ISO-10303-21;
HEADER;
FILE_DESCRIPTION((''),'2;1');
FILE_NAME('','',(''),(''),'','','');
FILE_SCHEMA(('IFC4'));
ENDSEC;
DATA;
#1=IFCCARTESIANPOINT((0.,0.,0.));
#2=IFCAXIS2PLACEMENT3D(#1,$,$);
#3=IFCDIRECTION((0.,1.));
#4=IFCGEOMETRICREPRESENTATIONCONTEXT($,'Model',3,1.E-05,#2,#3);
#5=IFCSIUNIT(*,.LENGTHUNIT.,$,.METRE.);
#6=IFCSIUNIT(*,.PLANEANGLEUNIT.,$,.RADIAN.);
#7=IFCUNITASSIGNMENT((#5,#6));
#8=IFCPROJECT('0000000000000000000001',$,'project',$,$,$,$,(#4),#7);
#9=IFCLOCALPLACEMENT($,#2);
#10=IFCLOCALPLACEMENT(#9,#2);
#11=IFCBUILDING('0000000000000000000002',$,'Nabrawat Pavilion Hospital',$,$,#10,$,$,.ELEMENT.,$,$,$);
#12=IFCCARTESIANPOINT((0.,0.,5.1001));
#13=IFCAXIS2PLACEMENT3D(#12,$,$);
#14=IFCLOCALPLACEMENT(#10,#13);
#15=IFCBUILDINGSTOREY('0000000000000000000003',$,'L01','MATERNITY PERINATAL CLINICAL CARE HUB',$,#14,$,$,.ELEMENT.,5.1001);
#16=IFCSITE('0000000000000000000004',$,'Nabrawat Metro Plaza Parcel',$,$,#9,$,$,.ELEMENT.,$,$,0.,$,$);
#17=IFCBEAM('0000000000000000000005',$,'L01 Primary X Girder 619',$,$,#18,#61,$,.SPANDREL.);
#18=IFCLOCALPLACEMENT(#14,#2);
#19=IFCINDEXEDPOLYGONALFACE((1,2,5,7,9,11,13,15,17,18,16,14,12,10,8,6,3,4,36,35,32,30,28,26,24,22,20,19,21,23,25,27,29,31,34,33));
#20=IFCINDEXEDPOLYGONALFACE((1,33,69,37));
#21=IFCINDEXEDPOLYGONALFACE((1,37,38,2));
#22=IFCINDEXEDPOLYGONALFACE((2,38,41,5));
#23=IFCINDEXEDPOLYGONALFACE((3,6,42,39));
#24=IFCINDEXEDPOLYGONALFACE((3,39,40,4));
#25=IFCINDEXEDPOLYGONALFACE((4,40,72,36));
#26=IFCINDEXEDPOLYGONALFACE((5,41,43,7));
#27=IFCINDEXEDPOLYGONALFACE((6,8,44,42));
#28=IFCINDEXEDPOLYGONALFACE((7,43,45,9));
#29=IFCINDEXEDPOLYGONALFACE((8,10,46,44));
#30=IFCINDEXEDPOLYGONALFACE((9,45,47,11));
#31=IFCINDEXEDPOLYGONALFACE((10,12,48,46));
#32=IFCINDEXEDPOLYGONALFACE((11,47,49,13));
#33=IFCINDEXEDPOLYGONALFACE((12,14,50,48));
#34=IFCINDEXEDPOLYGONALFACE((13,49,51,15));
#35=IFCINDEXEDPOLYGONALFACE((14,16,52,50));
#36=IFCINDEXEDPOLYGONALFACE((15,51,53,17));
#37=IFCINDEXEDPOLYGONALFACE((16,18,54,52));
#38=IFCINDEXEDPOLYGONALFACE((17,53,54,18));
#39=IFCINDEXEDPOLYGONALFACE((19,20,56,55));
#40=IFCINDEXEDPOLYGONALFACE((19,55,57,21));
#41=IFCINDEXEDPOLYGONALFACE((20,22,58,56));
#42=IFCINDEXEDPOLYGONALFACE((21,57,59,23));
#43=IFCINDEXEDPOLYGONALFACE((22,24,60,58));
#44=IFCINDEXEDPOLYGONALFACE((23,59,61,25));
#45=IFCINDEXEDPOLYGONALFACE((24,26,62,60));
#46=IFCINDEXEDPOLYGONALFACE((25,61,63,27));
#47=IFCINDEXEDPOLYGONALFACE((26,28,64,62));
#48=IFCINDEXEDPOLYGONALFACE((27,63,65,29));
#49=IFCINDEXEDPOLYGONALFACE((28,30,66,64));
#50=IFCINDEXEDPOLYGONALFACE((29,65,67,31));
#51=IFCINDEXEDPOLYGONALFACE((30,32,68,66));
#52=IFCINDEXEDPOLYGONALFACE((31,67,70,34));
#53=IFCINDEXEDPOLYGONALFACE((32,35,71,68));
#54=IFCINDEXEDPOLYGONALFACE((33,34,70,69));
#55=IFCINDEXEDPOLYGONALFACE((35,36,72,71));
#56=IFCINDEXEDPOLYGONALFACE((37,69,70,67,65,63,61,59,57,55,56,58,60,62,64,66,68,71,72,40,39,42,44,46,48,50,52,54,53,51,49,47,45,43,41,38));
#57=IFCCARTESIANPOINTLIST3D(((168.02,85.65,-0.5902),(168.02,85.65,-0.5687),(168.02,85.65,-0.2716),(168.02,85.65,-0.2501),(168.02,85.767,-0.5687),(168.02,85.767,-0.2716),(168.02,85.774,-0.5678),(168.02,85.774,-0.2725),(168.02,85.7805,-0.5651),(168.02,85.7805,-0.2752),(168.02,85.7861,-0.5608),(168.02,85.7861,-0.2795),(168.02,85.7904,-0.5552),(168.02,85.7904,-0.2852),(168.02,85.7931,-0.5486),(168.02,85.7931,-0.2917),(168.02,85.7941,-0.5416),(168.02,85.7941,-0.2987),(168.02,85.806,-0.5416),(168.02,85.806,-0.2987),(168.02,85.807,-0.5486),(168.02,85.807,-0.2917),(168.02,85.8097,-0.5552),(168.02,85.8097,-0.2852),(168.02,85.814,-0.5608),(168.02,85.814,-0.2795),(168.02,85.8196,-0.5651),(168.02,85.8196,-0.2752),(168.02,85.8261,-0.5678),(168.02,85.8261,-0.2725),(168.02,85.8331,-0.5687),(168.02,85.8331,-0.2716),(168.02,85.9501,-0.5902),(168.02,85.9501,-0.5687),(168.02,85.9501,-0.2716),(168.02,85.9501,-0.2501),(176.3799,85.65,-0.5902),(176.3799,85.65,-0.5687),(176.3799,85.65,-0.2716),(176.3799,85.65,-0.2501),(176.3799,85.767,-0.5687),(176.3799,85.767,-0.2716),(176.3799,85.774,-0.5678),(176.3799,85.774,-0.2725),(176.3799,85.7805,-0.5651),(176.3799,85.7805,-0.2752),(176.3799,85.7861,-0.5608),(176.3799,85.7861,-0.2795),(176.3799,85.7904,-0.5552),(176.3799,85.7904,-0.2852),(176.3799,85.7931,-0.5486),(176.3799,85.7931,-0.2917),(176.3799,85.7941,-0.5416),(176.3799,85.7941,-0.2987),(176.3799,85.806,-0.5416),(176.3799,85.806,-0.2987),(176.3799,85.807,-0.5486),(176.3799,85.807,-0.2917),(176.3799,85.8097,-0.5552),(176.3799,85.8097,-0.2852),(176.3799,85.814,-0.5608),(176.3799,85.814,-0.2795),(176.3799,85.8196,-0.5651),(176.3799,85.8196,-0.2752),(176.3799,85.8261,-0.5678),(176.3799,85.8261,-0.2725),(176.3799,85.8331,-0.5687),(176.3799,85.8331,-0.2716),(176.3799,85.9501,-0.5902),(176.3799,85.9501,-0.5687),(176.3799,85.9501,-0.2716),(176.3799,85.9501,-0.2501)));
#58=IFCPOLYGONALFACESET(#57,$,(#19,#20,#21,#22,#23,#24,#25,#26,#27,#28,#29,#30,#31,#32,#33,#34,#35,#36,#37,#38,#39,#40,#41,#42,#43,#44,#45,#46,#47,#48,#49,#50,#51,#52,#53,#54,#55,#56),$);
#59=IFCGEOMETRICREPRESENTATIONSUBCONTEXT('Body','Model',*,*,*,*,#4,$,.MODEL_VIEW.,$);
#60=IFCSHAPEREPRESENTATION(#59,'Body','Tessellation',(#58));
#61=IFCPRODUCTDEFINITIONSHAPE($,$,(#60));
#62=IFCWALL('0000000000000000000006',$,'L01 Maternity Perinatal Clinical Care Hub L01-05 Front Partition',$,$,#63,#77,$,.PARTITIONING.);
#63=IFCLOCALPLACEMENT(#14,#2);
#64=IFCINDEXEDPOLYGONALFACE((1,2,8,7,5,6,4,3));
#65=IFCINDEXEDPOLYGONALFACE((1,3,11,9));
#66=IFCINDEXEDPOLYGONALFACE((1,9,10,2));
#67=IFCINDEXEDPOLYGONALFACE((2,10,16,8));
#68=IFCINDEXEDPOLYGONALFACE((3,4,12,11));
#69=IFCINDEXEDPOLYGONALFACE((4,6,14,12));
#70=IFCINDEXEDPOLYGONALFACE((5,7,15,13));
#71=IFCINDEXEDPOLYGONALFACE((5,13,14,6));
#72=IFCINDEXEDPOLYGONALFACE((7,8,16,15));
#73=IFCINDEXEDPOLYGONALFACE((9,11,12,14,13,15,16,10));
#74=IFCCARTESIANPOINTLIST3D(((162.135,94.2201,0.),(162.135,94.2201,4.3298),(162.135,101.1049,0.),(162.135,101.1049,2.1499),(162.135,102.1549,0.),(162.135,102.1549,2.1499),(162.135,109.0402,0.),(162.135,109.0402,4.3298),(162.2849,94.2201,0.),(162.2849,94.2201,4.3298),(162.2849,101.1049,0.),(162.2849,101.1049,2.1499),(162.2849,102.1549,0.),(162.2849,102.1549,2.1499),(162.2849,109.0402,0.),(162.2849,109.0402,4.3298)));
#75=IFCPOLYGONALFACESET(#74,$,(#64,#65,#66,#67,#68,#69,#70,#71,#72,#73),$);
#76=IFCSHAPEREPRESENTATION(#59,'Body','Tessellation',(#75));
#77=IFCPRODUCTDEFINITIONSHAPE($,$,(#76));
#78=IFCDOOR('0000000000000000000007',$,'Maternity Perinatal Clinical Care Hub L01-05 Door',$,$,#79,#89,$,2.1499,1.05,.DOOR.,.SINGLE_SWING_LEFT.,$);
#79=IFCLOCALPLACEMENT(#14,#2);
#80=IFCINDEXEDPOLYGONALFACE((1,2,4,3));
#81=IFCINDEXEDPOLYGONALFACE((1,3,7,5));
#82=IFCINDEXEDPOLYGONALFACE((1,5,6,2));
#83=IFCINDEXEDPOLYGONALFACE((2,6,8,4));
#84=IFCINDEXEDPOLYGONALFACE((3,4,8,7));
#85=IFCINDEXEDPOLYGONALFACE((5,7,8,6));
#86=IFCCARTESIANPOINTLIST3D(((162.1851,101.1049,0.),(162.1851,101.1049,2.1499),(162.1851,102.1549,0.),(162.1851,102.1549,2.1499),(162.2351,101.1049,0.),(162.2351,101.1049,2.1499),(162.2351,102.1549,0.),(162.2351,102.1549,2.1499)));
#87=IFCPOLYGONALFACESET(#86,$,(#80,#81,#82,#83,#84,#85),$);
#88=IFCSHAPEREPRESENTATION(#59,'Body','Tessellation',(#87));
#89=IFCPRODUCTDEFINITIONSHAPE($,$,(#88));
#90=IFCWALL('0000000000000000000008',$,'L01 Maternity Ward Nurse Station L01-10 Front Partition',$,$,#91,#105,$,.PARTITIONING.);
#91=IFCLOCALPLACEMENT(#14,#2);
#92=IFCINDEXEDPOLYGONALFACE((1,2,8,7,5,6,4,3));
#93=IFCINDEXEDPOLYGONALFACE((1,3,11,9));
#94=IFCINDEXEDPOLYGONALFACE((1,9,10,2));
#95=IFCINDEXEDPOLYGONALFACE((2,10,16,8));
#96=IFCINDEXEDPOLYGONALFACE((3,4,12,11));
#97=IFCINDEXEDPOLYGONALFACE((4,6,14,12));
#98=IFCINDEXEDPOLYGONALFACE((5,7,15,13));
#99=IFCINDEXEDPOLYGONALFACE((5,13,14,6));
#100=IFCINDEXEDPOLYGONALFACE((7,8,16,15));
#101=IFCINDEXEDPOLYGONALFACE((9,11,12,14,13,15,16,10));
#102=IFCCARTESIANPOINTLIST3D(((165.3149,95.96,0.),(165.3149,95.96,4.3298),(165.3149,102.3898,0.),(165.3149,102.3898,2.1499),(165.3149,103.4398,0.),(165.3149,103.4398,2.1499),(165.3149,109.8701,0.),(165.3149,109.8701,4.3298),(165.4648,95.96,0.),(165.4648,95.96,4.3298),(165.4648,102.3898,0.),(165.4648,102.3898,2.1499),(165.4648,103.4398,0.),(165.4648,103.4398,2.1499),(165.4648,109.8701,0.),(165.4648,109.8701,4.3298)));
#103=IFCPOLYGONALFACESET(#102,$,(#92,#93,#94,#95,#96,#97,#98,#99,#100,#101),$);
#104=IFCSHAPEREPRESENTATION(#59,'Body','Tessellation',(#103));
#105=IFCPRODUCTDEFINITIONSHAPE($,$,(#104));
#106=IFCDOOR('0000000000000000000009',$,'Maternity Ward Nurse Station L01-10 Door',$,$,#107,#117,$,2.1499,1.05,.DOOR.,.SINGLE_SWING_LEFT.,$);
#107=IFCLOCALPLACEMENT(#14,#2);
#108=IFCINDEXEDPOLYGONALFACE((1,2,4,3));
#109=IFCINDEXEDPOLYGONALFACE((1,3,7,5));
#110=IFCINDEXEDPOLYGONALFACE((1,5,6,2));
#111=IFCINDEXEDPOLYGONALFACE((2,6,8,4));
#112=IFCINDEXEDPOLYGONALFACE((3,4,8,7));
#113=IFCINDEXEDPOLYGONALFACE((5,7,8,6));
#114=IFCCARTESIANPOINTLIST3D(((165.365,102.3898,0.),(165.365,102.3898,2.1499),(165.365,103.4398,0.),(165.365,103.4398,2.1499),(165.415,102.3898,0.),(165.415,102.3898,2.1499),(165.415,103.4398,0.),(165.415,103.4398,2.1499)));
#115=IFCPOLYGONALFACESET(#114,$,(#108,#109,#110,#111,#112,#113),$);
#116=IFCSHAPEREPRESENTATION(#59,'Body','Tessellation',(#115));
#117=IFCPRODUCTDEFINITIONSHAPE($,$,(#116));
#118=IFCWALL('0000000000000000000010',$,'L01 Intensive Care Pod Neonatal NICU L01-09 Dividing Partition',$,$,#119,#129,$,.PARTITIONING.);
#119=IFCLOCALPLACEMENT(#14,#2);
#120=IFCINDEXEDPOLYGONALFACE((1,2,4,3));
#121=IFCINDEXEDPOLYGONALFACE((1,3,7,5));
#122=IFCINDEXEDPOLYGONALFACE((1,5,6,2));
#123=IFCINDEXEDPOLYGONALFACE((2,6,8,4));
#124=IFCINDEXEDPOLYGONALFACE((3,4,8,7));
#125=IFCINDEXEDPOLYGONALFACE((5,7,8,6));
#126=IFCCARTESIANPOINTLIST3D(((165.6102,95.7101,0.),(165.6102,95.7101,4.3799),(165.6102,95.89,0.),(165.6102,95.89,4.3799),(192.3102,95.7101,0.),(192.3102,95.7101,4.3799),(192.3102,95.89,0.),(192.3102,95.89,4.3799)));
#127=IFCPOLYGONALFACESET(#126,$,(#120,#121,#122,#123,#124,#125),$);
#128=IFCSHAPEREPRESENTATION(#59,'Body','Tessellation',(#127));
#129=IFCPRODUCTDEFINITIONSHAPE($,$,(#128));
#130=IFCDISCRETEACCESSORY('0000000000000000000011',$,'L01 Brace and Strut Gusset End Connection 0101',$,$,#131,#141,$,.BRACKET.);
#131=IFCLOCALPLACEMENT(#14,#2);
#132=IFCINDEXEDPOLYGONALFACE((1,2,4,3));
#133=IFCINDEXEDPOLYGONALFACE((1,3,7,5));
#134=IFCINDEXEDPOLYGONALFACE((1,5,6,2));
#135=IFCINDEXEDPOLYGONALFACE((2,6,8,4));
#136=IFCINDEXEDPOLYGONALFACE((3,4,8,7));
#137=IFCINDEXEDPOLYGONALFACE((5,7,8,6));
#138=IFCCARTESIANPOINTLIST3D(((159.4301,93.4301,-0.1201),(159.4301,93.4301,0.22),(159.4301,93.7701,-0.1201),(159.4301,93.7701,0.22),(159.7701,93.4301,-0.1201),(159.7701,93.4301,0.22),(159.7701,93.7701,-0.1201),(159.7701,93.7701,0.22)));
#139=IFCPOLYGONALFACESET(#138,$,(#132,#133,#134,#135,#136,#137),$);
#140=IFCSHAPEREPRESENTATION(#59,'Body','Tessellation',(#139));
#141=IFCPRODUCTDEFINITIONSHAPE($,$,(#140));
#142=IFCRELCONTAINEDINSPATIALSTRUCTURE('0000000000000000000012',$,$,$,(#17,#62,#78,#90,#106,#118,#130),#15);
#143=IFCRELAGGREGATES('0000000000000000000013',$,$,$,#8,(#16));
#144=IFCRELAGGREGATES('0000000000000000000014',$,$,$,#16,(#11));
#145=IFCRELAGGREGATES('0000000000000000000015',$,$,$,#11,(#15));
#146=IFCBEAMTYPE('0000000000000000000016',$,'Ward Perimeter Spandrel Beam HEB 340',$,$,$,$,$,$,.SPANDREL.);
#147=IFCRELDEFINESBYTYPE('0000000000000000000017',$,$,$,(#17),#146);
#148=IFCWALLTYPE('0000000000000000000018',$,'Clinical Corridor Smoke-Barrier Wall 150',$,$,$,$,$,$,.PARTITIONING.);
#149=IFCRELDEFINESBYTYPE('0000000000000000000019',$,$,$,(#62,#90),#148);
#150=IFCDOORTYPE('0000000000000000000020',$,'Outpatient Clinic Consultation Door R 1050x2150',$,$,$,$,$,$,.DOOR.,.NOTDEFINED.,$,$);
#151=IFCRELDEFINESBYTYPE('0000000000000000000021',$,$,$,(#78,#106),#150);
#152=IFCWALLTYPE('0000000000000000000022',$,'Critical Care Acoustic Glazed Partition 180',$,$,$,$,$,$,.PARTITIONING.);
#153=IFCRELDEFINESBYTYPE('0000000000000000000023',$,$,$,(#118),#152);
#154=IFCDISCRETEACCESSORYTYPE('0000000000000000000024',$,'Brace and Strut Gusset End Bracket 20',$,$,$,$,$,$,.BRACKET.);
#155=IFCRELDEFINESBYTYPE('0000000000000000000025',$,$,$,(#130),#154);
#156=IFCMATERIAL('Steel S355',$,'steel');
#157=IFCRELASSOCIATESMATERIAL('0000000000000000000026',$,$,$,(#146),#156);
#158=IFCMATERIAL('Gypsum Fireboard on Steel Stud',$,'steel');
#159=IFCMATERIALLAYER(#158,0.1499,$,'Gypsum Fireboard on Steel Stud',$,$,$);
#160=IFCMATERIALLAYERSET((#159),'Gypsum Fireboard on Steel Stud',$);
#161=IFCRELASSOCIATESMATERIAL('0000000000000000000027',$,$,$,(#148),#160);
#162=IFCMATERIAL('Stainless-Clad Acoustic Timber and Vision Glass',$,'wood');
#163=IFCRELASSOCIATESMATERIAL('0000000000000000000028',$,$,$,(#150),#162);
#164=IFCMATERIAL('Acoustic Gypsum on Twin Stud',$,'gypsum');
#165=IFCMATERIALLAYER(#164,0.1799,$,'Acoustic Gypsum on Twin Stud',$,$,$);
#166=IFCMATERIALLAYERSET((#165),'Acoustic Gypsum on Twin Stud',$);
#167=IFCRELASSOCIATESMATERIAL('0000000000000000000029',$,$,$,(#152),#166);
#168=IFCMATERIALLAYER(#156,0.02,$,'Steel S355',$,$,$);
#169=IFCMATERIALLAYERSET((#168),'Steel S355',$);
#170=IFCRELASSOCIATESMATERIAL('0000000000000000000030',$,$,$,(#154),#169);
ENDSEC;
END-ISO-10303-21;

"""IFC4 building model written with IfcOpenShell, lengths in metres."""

from ifc_helpers import new_model, si_unit, direction, frame, frame_2d, origin, origin_2d, place, context, subcontext, project, spatial, rectangle, i_section, extrude, material, layer, layer_set, material_profile, profile_set, type_object, element, fill, save


model = new_model("IFC4")

# Units and contexts
model_context = context("Model", 3, precision=1e-05, world=origin(), true_north=direction((0.0, 1.0)))
body_context = subcontext(model_context, "Body", "Model", "MODEL_VIEW")
ifc_project = project(units=[si_unit("LENGTHUNIT", "METRE"), si_unit("PLANEANGLEUNIT", "RADIAN")], contexts=[model_context])

# Site, building, storey
site_placement = place(None, origin())
site = spatial("IfcSite", under=ifc_project, at=site_placement, Name="Nabrawat Metro Plaza Parcel", CompositionType="ELEMENT", RefElevation=0.0)
building_placement = place(site_placement, origin())
building = spatial("IfcBuilding", under=site, at=building_placement, Name="Nabrawat Pavilion Hospital", CompositionType="ELEMENT")
storey_placement = place(building_placement, frame((0.0, 0.0, 5.1001)))
storey = spatial("IfcBuildingStorey", under=building, at=storey_placement, Name="L01", Description="MATERNITY PERINATAL CLINICAL CARE HUB", CompositionType="ELEMENT", Elevation=5.1001)

# Shared definitions
ifc_material_1 = material(Name="Steel S355", Category="steel")

# Beam
ifc_material_profile_1 = material_profile(ifc_material_1, i_section(OverallWidth=0.3, OverallDepth=0.3401, WebThickness=0.012, FlangeThickness=0.0215, FilletRadius=0.0271, at=origin_2d()), Name="HEB 340")
ifc_profile_set_1 = profile_set([ifc_material_profile_1], Name="Steel S355")
beam_type_1 = type_object("IfcBeamType", Name="Ward Perimeter Spandrel Beam HEB 340", PredefinedType="SPANDREL", material=ifc_profile_set_1)
for number, where, z_axis, x_axis, name in (
    (1, (168.02, 85.8, -0.4202), (1.0, 0.0, 0.0), (0.0, 1.0, 0.0), "L01 Primary X Girder 619"),
):
    element("IfcBeam", number, at=place(storey_placement, frame(where, z_axis=z_axis, x_axis=x_axis)), inside=storey, type_object=beam_type_1, Name=name, PredefinedType="SPANDREL", context=body_context, shape_type="SweptSolid", body=[
        extrude(i_section(OverallWidth=0.3, OverallDepth=0.3401, WebThickness=0.012, FlangeThickness=0.0215, FilletRadius=0.0271, at=origin_2d()), origin(), (0.0, 0.0, 1.0), 8.3599),
    ])

# Walls, openings, doors
ifc_material_2 = material(Name="Gypsum Fireboard on Steel Stud", Category="steel")
ifc_layer_1 = layer(ifc_material_2, 0.1499, Name="Gypsum Fireboard on Steel Stud")
ifc_layer_set_1 = layer_set([ifc_layer_1], Name="Gypsum Fireboard on Steel Stud")
wall_type_1 = type_object("IfcWallType", Name="Clinical Corridor Smoke-Barrier Wall 150", PredefinedType="PARTITIONING", material=ifc_layer_set_1)
wall_1_placement = place(storey_placement, frame((162.21, 94.22, 0.0), z_axis=(0.0, 0.0, 1.0), x_axis=(0.0, 1.0, 0.0)))
wall_1 = element("IfcWall", 2, at=wall_1_placement, inside=storey, type_object=wall_type_1, Name="L01 Maternity Perinatal Clinical Care Hub L01-05 Front Partition", PredefinedType="PARTITIONING", context=body_context, shape_type="SweptSolid", body=[
    extrude(rectangle(XDim=14.8201, YDim=0.1499, at=frame_2d((7.4102, 0.0))), origin(), (0.0, 0.0, 1.0), 4.3298),
])
opening_1_placement = place(wall_1_placement, frame((6.885, 0.0, 0.0)))
opening_1 = element("IfcOpeningElement", 3, at=opening_1_placement, cuts=wall_1, PredefinedType="OPENING", context=body_context, shape_type="SweptSolid", body=[
    extrude(rectangle(XDim=1.05, YDim=2.1499, at=frame_2d((0.5249, 1.075))), frame((0.0, 0.085, 0.0), z_axis=(0.0, -1.0, 0.0), x_axis=(1.0, 0.0, 0.0)), (0.0, 0.0, 1.0), 0.1699),
])
ifc_material_3 = material(Name="Stainless-Clad Acoustic Timber and Vision Glass", Category="wood")
door_type = type_object("IfcDoorType", Name="Outpatient Clinic Consultation Door R 1050x2150", OperationType="NOTDEFINED", PredefinedType="DOOR", material=ifc_material_3)
door_1_placement = place(opening_1_placement, origin())
door_1 = element("IfcDoor", 4, at=door_1_placement, inside=storey, type_object=door_type, Name="Maternity Perinatal Clinical Care Hub L01-05 Door", OperationType="SINGLE_SWING_LEFT", OverallHeight=2.1499, OverallWidth=1.05, PredefinedType="DOOR", context=body_context, shape_type="SweptSolid", body=[
    extrude(rectangle(XDim=1.05, YDim=2.1499, at=frame_2d((0.5249, 1.075))), frame((0.0, 0.0249, 0.0), z_axis=(0.0, -1.0, 0.0), x_axis=(1.0, 0.0, 0.0)), (0.0, 0.0, 1.0), 0.05),
])
fill(opening_1, door_1)
wall_2_placement = place(storey_placement, frame((165.3899, 95.96, 0.0), z_axis=(0.0, 0.0, 1.0), x_axis=(0.0, 1.0, 0.0)))
wall_2 = element("IfcWall", 5, at=wall_2_placement, inside=storey, type_object=wall_type_1, Name="L01 Maternity Ward Nurse Station L01-10 Front Partition", PredefinedType="PARTITIONING", context=body_context, shape_type="SweptSolid", body=[
    extrude(rectangle(XDim=13.9102, YDim=0.1499, at=frame_2d((6.9551, 0.0))), origin(), (0.0, 0.0, 1.0), 4.3298),
])
opening_2_placement = place(wall_2_placement, frame((6.4299, 0.0, 0.0)))
opening_2 = element("IfcOpeningElement", 6, at=opening_2_placement, cuts=wall_2, PredefinedType="OPENING", context=body_context, shape_type="SweptSolid", body=[
    extrude(rectangle(XDim=1.05, YDim=2.1499, at=frame_2d((0.5249, 1.075))), frame((0.0, 0.085, 0.0), z_axis=(0.0, -1.0, 0.0), x_axis=(1.0, 0.0, 0.0)), (0.0, 0.0, 1.0), 0.1699),
])
door_2_placement = place(opening_2_placement, origin())
door_2 = element("IfcDoor", 7, at=door_2_placement, inside=storey, type_object=door_type, Name="Maternity Ward Nurse Station L01-10 Door", OperationType="SINGLE_SWING_LEFT", OverallHeight=2.1499, OverallWidth=1.05, PredefinedType="DOOR", context=body_context, shape_type="SweptSolid", body=[
    extrude(rectangle(XDim=1.05, YDim=2.1499, at=frame_2d((0.5249, 1.075))), frame((0.0, 0.0249, 0.0), z_axis=(0.0, -1.0, 0.0), x_axis=(1.0, 0.0, 0.0)), (0.0, 0.0, 1.0), 0.05),
])
fill(opening_2, door_2)

# Wall
ifc_material_4 = material(Name="Acoustic Gypsum on Twin Stud", Category="gypsum")
ifc_layer_2 = layer(ifc_material_4, 0.1799, Name="Acoustic Gypsum on Twin Stud")
ifc_layer_set_2 = layer_set([ifc_layer_2], Name="Acoustic Gypsum on Twin Stud")
wall_type_2 = type_object("IfcWallType", Name="Critical Care Acoustic Glazed Partition 180", PredefinedType="PARTITIONING", material=ifc_layer_set_2)
wall_3_placement = place(storey_placement, frame((165.6101, 95.8, 0.0), z_axis=(0.0, 0.0, 1.0), x_axis=(1.0, 0.0, 0.0)))
element("IfcWall", 8, at=wall_3_placement, inside=storey, type_object=wall_type_2, Name="L01 Intensive Care Pod Neonatal NICU L01-09 Dividing Partition", PredefinedType="PARTITIONING", context=body_context, shape_type="SweptSolid", body=[
    extrude(rectangle(XDim=26.7, YDim=0.1799, at=frame_2d((13.3501, 0.0))), origin(), (0.0, 0.0, 1.0), 4.3799),
])

# Discrete accessory
ifc_layer_3 = layer(ifc_material_1, 0.02, Name="Steel S355")
ifc_layer_set_3 = layer_set([ifc_layer_3], Name="Steel S355")
discrete_accessory_type = type_object("IfcDiscreteAccessoryType", Name="Brace and Strut Gusset End Bracket 20", PredefinedType="BRACKET", material=ifc_layer_set_3)
discrete_accessory_placement = place(storey_placement, frame((159.6001, 93.6001, -0.1201), z_axis=(0.0, 0.0, 1.0), x_axis=(1.0, 0.0, 0.0)))
element("IfcDiscreteAccessory", 9, at=discrete_accessory_placement, inside=storey, type_object=discrete_accessory_type, Name="L01 Brace and Strut Gusset End Connection 0101", PredefinedType="BRACKET", context=body_context, shape_type="SweptSolid", body=[
    extrude(rectangle(XDim=0.3401, YDim=0.3401, at=origin_2d()), origin(), (0.0, 0.0, 1.0), 0.3401),
])

save(model, "model.ifc")
